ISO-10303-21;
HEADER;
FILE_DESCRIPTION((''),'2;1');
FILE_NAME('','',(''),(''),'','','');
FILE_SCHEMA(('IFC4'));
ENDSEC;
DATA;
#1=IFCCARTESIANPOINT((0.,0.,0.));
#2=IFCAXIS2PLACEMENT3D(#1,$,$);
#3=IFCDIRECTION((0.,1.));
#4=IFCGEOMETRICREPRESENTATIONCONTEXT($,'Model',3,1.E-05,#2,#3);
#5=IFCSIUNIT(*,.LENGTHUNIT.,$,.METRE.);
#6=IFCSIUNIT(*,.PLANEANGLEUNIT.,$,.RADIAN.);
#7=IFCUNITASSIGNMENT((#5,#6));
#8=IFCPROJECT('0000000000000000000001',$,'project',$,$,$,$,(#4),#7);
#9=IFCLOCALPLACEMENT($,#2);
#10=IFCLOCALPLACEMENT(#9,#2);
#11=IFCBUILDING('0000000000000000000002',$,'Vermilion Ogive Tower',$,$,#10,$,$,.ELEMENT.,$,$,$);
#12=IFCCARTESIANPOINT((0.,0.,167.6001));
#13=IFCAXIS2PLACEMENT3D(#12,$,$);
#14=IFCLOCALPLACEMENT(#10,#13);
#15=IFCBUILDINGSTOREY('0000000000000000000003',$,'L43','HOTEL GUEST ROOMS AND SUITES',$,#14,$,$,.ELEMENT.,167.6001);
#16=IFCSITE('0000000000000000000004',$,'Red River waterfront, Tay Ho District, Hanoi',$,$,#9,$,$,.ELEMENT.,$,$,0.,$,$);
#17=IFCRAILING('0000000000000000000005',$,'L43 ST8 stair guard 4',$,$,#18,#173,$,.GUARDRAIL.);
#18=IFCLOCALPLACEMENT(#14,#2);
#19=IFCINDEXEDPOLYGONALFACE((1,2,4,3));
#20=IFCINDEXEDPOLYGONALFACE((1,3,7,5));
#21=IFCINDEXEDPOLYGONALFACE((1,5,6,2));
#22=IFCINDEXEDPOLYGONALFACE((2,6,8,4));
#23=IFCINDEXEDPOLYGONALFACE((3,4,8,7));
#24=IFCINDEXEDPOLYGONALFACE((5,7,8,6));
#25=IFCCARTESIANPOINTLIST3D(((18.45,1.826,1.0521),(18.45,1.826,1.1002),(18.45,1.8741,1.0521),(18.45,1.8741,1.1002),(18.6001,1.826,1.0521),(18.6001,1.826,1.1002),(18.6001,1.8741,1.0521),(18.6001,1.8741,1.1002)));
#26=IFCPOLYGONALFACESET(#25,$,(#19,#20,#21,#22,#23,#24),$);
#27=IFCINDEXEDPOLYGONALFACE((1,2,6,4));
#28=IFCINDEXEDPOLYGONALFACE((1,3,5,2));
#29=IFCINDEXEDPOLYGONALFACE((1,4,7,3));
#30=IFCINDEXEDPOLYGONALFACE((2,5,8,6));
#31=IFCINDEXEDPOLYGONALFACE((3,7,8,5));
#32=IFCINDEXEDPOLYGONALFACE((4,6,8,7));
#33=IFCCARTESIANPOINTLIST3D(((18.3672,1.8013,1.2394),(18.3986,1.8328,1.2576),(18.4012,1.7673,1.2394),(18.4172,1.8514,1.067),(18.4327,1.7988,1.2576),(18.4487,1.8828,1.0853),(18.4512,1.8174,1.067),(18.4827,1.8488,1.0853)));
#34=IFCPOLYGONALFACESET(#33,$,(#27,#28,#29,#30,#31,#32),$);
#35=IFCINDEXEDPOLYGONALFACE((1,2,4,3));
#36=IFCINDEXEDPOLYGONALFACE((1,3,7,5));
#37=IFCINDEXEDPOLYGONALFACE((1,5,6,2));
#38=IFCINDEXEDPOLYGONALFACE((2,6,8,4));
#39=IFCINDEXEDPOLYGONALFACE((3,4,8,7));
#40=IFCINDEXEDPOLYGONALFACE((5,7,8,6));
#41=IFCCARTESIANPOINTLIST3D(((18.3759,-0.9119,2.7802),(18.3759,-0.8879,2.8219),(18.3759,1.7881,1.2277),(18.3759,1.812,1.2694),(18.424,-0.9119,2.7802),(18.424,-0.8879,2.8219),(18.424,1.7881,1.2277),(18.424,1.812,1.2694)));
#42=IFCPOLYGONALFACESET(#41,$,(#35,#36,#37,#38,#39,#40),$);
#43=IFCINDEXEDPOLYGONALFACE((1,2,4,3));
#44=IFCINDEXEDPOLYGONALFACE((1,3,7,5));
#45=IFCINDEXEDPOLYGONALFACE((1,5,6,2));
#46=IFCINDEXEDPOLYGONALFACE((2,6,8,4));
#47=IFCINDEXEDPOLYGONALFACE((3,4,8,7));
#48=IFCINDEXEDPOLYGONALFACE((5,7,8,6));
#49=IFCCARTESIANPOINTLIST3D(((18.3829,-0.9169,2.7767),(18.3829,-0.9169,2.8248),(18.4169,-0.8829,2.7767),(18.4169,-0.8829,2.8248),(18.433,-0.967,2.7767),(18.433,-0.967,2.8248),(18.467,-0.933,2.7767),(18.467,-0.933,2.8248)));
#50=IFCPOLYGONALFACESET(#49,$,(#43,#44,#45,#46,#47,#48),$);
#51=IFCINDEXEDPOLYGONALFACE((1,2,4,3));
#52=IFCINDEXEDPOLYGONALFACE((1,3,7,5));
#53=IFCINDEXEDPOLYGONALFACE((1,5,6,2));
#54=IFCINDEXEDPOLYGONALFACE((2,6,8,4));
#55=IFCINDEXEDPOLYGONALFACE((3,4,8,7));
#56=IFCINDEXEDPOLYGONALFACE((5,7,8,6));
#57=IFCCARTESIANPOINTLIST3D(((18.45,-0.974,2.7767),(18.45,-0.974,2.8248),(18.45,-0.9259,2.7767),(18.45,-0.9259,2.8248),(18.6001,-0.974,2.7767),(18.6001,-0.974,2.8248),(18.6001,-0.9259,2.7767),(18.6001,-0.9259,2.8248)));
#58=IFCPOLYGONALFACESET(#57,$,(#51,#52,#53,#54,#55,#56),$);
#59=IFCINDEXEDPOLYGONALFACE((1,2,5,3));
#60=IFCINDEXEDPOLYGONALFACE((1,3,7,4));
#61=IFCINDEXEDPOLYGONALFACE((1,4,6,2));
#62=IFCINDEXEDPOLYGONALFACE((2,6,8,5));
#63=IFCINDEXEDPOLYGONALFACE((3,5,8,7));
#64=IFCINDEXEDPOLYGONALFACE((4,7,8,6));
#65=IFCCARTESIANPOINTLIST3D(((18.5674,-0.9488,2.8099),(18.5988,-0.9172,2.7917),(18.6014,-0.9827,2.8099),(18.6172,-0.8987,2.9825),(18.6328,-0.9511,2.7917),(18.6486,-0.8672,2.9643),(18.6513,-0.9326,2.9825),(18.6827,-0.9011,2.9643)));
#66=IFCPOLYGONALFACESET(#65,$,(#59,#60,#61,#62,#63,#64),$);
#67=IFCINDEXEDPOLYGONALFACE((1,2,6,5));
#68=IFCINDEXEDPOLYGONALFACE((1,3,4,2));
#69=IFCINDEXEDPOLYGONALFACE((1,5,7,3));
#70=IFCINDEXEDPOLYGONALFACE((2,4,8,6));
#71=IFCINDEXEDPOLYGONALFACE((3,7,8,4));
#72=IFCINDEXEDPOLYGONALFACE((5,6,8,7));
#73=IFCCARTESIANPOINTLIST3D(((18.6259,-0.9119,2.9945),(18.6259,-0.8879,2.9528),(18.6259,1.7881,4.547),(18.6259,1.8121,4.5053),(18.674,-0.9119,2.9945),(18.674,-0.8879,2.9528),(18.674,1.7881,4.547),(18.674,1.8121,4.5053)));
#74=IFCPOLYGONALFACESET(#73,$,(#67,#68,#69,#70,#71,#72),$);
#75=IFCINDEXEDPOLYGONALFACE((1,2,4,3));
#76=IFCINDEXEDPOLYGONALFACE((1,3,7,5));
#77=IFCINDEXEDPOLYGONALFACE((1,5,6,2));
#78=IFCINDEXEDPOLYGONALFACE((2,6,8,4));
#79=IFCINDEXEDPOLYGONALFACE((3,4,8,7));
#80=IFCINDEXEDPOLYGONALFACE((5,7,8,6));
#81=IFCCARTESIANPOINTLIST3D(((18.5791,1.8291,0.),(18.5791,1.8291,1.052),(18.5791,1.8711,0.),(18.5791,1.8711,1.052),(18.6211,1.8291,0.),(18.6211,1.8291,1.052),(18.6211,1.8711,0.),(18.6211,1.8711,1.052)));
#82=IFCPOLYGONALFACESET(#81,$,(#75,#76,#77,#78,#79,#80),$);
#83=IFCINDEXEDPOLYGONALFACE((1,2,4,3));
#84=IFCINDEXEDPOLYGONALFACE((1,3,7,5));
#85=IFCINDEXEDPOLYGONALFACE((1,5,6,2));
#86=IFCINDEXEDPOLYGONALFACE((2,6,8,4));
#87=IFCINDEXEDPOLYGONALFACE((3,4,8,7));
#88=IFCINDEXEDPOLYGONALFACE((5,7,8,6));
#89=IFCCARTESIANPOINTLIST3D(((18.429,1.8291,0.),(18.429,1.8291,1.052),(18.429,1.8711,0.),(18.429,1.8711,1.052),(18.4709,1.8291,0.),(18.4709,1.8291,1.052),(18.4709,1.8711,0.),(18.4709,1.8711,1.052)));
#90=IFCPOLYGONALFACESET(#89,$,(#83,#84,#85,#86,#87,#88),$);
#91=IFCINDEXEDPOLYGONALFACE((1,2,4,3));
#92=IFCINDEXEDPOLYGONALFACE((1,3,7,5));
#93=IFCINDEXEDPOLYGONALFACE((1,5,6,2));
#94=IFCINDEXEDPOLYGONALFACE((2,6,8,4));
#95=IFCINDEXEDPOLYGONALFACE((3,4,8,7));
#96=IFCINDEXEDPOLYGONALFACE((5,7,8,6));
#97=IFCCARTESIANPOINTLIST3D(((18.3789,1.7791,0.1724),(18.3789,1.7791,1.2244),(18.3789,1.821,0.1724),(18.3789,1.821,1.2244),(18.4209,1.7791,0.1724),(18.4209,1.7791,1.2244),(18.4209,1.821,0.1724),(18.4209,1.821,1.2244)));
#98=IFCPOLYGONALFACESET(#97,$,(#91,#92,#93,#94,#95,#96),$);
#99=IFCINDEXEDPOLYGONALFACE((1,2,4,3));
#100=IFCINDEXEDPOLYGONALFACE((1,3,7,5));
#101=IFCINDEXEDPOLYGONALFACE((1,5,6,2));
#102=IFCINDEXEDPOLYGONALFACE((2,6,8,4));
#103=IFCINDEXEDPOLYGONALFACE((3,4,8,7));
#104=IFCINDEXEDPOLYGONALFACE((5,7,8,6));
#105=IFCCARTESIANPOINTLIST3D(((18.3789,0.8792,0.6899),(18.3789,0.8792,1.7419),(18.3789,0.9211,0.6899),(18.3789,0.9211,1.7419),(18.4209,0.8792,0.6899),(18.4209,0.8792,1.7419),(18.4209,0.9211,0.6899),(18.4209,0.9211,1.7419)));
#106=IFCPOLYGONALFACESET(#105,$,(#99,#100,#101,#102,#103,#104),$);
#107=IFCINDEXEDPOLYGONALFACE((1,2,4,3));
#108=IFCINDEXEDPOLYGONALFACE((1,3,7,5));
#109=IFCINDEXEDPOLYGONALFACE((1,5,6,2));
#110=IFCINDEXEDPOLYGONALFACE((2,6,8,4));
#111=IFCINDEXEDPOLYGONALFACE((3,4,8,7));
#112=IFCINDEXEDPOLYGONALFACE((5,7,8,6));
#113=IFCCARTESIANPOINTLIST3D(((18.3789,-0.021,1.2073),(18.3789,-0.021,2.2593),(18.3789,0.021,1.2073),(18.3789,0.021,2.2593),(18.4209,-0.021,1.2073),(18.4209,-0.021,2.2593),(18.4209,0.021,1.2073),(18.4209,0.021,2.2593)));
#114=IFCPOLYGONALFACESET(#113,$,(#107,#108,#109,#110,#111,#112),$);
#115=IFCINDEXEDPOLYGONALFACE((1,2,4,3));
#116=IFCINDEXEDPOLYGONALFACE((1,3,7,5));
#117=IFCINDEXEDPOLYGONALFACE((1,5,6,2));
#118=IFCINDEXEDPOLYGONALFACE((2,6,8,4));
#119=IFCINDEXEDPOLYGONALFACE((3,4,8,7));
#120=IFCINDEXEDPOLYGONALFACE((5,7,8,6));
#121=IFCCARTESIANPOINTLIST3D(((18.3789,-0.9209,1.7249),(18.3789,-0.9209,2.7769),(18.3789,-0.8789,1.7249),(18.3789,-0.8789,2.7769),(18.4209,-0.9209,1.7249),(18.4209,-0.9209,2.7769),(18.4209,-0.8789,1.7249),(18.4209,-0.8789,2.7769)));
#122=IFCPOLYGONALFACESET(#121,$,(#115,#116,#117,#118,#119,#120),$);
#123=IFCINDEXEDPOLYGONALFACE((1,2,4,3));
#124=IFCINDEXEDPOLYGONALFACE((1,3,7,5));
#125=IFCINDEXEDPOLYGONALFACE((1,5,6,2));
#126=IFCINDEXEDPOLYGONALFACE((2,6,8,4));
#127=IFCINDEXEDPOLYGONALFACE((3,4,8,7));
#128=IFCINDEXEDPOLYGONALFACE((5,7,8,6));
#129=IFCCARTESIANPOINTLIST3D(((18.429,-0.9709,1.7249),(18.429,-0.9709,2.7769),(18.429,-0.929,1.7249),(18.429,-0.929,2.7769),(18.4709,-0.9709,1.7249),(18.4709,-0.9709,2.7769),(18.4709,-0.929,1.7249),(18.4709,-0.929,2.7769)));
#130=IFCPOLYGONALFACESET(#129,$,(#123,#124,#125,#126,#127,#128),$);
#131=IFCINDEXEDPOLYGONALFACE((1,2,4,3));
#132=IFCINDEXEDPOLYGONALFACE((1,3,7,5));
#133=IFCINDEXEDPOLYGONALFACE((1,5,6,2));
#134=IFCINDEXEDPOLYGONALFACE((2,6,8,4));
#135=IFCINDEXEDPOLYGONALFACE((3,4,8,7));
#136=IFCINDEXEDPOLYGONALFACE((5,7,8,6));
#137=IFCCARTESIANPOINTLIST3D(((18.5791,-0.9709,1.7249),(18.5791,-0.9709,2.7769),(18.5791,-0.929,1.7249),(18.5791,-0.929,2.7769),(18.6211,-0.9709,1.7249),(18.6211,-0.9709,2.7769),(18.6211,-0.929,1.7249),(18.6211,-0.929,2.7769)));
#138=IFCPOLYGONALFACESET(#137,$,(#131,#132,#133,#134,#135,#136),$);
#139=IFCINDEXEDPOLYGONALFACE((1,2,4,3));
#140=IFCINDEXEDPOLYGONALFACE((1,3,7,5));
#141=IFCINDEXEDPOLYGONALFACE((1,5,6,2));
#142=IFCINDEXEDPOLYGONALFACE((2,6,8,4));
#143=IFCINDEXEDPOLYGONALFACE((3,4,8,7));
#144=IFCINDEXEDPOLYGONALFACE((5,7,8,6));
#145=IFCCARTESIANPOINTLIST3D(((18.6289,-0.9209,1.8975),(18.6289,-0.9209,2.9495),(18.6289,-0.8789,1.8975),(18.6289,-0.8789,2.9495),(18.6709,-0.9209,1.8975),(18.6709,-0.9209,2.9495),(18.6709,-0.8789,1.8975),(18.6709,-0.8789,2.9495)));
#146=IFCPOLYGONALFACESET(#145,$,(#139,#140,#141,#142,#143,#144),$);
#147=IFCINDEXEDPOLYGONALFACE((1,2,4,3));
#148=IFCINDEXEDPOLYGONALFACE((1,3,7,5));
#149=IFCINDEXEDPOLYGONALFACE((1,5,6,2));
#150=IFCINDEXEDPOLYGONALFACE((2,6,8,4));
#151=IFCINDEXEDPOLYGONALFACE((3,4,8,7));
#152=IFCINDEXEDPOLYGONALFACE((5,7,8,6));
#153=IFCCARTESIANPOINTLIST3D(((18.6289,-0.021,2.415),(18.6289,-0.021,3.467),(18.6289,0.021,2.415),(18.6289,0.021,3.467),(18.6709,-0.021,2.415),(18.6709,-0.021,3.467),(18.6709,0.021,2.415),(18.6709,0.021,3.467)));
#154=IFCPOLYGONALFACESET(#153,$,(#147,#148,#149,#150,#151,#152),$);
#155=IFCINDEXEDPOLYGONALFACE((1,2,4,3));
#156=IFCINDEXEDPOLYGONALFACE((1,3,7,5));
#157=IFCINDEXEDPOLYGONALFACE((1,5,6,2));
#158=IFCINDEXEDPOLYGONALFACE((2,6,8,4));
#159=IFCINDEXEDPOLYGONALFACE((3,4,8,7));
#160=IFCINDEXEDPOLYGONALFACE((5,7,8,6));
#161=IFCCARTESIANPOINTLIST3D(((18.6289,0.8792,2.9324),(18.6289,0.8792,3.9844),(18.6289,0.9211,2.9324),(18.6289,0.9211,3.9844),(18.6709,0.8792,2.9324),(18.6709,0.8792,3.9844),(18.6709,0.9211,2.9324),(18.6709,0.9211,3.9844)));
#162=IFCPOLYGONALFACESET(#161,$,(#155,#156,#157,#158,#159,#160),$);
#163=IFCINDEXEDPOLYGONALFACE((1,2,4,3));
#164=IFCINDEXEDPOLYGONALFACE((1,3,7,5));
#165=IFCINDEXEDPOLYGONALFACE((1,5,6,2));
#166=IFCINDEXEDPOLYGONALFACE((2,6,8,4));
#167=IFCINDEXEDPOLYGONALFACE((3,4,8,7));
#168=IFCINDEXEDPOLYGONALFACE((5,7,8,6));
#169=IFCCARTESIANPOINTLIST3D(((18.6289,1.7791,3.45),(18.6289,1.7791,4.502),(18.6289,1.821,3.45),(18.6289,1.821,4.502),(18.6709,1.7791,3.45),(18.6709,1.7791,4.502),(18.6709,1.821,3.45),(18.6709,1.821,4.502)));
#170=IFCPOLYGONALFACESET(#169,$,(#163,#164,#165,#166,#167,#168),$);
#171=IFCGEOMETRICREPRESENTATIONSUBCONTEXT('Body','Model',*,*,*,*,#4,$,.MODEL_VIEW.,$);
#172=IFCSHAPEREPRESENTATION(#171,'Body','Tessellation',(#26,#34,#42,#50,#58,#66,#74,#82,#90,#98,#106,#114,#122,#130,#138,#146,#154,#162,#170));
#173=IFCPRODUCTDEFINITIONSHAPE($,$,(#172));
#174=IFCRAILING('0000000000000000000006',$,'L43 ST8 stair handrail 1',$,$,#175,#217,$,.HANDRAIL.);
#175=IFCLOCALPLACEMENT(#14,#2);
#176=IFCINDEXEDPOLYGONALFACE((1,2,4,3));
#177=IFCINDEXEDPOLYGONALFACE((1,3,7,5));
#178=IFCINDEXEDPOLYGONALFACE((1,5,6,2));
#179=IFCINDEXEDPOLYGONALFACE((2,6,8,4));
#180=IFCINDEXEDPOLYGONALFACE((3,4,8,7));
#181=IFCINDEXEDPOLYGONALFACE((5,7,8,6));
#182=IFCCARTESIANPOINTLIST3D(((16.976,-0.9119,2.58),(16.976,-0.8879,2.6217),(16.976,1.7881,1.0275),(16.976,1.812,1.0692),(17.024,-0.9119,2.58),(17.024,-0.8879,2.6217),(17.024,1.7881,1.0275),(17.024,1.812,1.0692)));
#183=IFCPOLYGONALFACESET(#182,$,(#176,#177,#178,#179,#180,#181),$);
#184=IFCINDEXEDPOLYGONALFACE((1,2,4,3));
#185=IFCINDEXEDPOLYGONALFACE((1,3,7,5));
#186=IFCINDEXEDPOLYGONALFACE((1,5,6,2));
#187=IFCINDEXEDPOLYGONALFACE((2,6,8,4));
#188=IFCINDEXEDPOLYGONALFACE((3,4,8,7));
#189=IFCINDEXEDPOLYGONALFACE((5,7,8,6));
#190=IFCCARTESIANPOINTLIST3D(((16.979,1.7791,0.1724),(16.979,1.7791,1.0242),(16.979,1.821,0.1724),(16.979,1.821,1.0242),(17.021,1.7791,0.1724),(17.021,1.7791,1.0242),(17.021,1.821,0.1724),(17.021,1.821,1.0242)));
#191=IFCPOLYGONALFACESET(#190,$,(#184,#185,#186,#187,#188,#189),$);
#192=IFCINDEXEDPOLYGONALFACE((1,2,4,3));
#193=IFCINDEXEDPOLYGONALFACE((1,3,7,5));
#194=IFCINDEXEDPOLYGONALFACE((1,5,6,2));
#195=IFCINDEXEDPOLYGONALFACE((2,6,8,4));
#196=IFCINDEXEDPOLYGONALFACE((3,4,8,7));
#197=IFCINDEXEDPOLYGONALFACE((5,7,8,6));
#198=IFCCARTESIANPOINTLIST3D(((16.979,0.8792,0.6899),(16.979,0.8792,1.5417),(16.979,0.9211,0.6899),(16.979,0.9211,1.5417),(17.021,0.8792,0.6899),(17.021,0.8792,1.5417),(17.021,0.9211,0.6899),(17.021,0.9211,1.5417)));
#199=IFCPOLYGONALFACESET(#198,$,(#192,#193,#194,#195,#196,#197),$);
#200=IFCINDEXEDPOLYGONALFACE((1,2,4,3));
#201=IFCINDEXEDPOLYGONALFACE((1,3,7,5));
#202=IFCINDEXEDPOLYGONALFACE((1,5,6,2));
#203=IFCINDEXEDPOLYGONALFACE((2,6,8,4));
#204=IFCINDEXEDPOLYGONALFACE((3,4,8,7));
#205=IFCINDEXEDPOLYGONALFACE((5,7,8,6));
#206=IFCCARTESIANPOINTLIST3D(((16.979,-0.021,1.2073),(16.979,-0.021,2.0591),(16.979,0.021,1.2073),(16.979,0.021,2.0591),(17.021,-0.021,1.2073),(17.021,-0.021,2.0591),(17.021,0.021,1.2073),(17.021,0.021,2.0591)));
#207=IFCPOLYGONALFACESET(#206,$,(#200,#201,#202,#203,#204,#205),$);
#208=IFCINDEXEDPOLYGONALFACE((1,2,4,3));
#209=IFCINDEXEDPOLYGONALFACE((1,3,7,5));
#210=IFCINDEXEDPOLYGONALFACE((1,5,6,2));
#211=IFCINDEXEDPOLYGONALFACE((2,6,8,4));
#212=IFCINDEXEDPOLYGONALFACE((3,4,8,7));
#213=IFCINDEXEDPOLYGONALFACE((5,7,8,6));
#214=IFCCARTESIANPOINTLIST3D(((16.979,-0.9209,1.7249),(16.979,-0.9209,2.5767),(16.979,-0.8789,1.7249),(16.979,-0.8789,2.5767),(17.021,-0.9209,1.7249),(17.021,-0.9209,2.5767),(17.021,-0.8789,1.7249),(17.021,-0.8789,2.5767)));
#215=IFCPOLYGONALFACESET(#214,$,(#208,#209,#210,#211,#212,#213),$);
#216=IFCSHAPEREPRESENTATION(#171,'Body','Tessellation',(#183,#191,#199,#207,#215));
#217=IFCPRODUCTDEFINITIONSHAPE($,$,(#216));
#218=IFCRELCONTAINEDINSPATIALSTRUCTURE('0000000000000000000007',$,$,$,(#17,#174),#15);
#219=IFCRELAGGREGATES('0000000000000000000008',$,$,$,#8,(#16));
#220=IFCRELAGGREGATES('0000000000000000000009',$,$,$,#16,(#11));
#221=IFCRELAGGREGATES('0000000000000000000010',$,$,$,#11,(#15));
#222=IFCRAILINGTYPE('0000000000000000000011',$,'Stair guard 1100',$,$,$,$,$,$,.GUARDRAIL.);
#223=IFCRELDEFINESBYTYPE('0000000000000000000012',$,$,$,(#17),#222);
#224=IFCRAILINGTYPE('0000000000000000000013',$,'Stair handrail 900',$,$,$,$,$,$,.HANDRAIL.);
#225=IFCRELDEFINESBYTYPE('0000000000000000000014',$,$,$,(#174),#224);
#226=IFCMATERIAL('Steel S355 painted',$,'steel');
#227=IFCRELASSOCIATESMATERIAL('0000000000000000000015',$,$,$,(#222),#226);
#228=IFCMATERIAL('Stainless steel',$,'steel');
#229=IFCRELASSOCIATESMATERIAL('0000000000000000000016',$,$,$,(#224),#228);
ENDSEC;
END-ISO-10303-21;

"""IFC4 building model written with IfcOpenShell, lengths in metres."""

from ifc_helpers import new_model, si_unit, direction, frame, origin, origin_2d, place, context, subcontext, project, spatial, rectangle, extrude, material, type_object, element, save


model = new_model("IFC4")

# Units and contexts
model_context = context("Model", 3, precision=1e-05, world=origin(), true_north=direction((0.0, 1.0)))
body_context = subcontext(model_context, "Body", "Model", "MODEL_VIEW")
ifc_project = project(units=[si_unit("LENGTHUNIT", "METRE"), si_unit("PLANEANGLEUNIT", "RADIAN")], contexts=[model_context])

# Site, building, storey
site_placement = place(None, origin())
site = spatial("IfcSite", under=ifc_project, at=site_placement, Name="Red River waterfront, Tay Ho District, Hanoi", CompositionType="ELEMENT", RefElevation=0.0)
building_placement = place(site_placement, origin())
building = spatial("IfcBuilding", under=site, at=building_placement, Name="Vermilion Ogive Tower", CompositionType="ELEMENT")
storey_placement = place(building_placement, frame((0.0, 0.0, 167.6001)))
storey = spatial("IfcBuildingStorey", under=building, at=storey_placement, Name="L43", Description="HOTEL GUEST ROOMS AND SUITES", CompositionType="ELEMENT", Elevation=167.6001)

# Railings
ifc_material_1 = material(Name="Steel S355 painted", Category="steel")
railing_type_1 = type_object("IfcRailingType", Name="Stair guard 1100", PredefinedType="GUARDRAIL", material=ifc_material_1)
railing_1_placement = place(storey_placement, frame((18.6001, 1.8501, 0.0)))
element("IfcRailing", 1, at=railing_1_placement, inside=storey, type_object=railing_type_1, Name="L43 ST8 stair guard 4", PredefinedType="GUARDRAIL", context=body_context, shape_type="SweptSolid", body=[
    extrude(rectangle(XDim=0.0481, YDim=0.0481, at=origin_2d()), frame((0.0, 0.0, 1.0762), z_axis=(-1.0, 0.0, 0.0), x_axis=(0.0, -1.0, 0.0)), (0.0, 0.0, 1.0), 0.1501),
    extrude(rectangle(XDim=0.0481, YDim=0.0481, at=origin_2d()), frame((-0.1501, 0.0, 1.0762), z_axis=(-0.268603, -0.268603, 0.925043), x_axis=(0.707107, -0.707107, 0.0)), (0.0, 0.0, 1.0), 0.1863),
    extrude(rectangle(XDim=0.0481, YDim=0.0481, at=origin_2d()), frame((-0.2002, -0.05, 1.2485), z_axis=(0.0, -0.866904, 0.498476), x_axis=(1.0, 0.0, 0.0)), (0.0, 0.0, 1.0), 3.1145),
    extrude(rectangle(XDim=0.0481, YDim=0.0481, at=origin_2d()), frame((-0.2002, -2.75, 2.8008), z_axis=(0.707107, -0.707107, 0.0), x_axis=(0.707107, 0.707107, 0.0)), (0.0, 0.0, 1.0), 0.0708),
    extrude(rectangle(XDim=0.0481, YDim=0.0481, at=origin_2d()), frame((-0.1501, -2.8, 2.8008), z_axis=(1.0, 0.0, 0.0), x_axis=(0.0, 1.0, 0.0)), (0.0, 0.0, 1.0), 0.1501),
    extrude(rectangle(XDim=0.0481, YDim=0.0481, at=origin_2d()), frame((0.0, -2.8, 2.8008), z_axis=(0.267063, 0.268372, 0.925556), x_axis=(-0.708834, 0.705376, 0.0)), (0.0, 0.0, 1.0), 0.1865),
    extrude(rectangle(XDim=0.0481, YDim=0.0481, at=origin_2d()), frame((0.0498, -2.75, 2.9736), z_axis=(0.0, 0.866904, 0.498476), x_axis=(-1.0, 0.0, 0.0)), (0.0, 0.0, 1.0), 3.1145),
    extrude(rectangle(XDim=0.042, YDim=0.042, at=origin_2d()), origin(), (0.0, 0.0, 1.0), 1.052),
    extrude(rectangle(XDim=0.042, YDim=0.042, at=origin_2d()), frame((-0.1501, 0.0, 0.0)), (0.0, 0.0, 1.0), 1.052),
    extrude(rectangle(XDim=0.042, YDim=0.042, at=origin_2d()), frame((-0.2002, -0.05, 0.1724)), (0.0, 0.0, 1.0), 1.052),
    extrude(rectangle(XDim=0.042, YDim=0.042, at=origin_2d()), frame((-0.2002, -0.95, 0.6899)), (0.0, 0.0, 1.0), 1.052),
    extrude(rectangle(XDim=0.042, YDim=0.042, at=origin_2d()), frame((-0.2002, -1.8501, 1.2073)), (0.0, 0.0, 1.0), 1.052),
    extrude(rectangle(XDim=0.042, YDim=0.042, at=origin_2d()), frame((-0.2002, -2.75, 1.7249)), (0.0, 0.0, 1.0), 1.052),
    extrude(rectangle(XDim=0.042, YDim=0.042, at=origin_2d()), frame((-0.1501, -2.8, 1.7249)), (0.0, 0.0, 1.0), 1.052),
    extrude(rectangle(XDim=0.042, YDim=0.042, at=origin_2d()), frame((0.0, -2.8, 1.7249)), (0.0, 0.0, 1.0), 1.052),
    extrude(rectangle(XDim=0.042, YDim=0.042, at=origin_2d()), frame((0.0498, -2.75, 1.8975)), (0.0, 0.0, 1.0), 1.052),
    extrude(rectangle(XDim=0.042, YDim=0.042, at=origin_2d()), frame((0.0498, -1.8501, 2.415)), (0.0, 0.0, 1.0), 1.052),
    extrude(rectangle(XDim=0.042, YDim=0.042, at=origin_2d()), frame((0.0498, -0.95, 2.9324)), (0.0, 0.0, 1.0), 1.052),
    extrude(rectangle(XDim=0.042, YDim=0.042, at=origin_2d()), frame((0.0498, -0.05, 3.45)), (0.0, 0.0, 1.0), 1.052),
])
ifc_material_2 = material(Name="Stainless steel", Category="steel")
railing_type_2 = type_object("IfcRailingType", Name="Stair handrail 900", PredefinedType="HANDRAIL", material=ifc_material_2)
railing_2_placement = place(storey_placement, frame((17.0, 1.8, 0.1724)))
element("IfcRailing", 2, at=railing_2_placement, inside=storey, type_object=railing_type_2, Name="L43 ST8 stair handrail 1", PredefinedType="HANDRAIL", context=body_context, shape_type="SweptSolid", body=[
    extrude(rectangle(XDim=0.0481, YDim=0.0481, at=origin_2d()), frame((0.0, 0.0, 0.876), z_axis=(0.0, -0.866904, 0.498476), x_axis=(1.0, 0.0, 0.0)), (0.0, 0.0, 1.0), 3.1145),
    extrude(rectangle(XDim=0.042, YDim=0.042, at=origin_2d()), origin(), (0.0, 0.0, 1.0), 0.8518),
    extrude(rectangle(XDim=0.042, YDim=0.042, at=origin_2d()), frame((0.0, -0.8999, 0.5176)), (0.0, 0.0, 1.0), 0.8518),
    extrude(rectangle(XDim=0.042, YDim=0.042, at=origin_2d()), frame((0.0, -1.8, 1.0349)), (0.0, 0.0, 1.0), 0.8518),
    extrude(rectangle(XDim=0.042, YDim=0.042, at=origin_2d()), frame((0.0, -2.7, 1.5525)), (0.0, 0.0, 1.0), 0.8518),
])

save(model, "model.ifc")
